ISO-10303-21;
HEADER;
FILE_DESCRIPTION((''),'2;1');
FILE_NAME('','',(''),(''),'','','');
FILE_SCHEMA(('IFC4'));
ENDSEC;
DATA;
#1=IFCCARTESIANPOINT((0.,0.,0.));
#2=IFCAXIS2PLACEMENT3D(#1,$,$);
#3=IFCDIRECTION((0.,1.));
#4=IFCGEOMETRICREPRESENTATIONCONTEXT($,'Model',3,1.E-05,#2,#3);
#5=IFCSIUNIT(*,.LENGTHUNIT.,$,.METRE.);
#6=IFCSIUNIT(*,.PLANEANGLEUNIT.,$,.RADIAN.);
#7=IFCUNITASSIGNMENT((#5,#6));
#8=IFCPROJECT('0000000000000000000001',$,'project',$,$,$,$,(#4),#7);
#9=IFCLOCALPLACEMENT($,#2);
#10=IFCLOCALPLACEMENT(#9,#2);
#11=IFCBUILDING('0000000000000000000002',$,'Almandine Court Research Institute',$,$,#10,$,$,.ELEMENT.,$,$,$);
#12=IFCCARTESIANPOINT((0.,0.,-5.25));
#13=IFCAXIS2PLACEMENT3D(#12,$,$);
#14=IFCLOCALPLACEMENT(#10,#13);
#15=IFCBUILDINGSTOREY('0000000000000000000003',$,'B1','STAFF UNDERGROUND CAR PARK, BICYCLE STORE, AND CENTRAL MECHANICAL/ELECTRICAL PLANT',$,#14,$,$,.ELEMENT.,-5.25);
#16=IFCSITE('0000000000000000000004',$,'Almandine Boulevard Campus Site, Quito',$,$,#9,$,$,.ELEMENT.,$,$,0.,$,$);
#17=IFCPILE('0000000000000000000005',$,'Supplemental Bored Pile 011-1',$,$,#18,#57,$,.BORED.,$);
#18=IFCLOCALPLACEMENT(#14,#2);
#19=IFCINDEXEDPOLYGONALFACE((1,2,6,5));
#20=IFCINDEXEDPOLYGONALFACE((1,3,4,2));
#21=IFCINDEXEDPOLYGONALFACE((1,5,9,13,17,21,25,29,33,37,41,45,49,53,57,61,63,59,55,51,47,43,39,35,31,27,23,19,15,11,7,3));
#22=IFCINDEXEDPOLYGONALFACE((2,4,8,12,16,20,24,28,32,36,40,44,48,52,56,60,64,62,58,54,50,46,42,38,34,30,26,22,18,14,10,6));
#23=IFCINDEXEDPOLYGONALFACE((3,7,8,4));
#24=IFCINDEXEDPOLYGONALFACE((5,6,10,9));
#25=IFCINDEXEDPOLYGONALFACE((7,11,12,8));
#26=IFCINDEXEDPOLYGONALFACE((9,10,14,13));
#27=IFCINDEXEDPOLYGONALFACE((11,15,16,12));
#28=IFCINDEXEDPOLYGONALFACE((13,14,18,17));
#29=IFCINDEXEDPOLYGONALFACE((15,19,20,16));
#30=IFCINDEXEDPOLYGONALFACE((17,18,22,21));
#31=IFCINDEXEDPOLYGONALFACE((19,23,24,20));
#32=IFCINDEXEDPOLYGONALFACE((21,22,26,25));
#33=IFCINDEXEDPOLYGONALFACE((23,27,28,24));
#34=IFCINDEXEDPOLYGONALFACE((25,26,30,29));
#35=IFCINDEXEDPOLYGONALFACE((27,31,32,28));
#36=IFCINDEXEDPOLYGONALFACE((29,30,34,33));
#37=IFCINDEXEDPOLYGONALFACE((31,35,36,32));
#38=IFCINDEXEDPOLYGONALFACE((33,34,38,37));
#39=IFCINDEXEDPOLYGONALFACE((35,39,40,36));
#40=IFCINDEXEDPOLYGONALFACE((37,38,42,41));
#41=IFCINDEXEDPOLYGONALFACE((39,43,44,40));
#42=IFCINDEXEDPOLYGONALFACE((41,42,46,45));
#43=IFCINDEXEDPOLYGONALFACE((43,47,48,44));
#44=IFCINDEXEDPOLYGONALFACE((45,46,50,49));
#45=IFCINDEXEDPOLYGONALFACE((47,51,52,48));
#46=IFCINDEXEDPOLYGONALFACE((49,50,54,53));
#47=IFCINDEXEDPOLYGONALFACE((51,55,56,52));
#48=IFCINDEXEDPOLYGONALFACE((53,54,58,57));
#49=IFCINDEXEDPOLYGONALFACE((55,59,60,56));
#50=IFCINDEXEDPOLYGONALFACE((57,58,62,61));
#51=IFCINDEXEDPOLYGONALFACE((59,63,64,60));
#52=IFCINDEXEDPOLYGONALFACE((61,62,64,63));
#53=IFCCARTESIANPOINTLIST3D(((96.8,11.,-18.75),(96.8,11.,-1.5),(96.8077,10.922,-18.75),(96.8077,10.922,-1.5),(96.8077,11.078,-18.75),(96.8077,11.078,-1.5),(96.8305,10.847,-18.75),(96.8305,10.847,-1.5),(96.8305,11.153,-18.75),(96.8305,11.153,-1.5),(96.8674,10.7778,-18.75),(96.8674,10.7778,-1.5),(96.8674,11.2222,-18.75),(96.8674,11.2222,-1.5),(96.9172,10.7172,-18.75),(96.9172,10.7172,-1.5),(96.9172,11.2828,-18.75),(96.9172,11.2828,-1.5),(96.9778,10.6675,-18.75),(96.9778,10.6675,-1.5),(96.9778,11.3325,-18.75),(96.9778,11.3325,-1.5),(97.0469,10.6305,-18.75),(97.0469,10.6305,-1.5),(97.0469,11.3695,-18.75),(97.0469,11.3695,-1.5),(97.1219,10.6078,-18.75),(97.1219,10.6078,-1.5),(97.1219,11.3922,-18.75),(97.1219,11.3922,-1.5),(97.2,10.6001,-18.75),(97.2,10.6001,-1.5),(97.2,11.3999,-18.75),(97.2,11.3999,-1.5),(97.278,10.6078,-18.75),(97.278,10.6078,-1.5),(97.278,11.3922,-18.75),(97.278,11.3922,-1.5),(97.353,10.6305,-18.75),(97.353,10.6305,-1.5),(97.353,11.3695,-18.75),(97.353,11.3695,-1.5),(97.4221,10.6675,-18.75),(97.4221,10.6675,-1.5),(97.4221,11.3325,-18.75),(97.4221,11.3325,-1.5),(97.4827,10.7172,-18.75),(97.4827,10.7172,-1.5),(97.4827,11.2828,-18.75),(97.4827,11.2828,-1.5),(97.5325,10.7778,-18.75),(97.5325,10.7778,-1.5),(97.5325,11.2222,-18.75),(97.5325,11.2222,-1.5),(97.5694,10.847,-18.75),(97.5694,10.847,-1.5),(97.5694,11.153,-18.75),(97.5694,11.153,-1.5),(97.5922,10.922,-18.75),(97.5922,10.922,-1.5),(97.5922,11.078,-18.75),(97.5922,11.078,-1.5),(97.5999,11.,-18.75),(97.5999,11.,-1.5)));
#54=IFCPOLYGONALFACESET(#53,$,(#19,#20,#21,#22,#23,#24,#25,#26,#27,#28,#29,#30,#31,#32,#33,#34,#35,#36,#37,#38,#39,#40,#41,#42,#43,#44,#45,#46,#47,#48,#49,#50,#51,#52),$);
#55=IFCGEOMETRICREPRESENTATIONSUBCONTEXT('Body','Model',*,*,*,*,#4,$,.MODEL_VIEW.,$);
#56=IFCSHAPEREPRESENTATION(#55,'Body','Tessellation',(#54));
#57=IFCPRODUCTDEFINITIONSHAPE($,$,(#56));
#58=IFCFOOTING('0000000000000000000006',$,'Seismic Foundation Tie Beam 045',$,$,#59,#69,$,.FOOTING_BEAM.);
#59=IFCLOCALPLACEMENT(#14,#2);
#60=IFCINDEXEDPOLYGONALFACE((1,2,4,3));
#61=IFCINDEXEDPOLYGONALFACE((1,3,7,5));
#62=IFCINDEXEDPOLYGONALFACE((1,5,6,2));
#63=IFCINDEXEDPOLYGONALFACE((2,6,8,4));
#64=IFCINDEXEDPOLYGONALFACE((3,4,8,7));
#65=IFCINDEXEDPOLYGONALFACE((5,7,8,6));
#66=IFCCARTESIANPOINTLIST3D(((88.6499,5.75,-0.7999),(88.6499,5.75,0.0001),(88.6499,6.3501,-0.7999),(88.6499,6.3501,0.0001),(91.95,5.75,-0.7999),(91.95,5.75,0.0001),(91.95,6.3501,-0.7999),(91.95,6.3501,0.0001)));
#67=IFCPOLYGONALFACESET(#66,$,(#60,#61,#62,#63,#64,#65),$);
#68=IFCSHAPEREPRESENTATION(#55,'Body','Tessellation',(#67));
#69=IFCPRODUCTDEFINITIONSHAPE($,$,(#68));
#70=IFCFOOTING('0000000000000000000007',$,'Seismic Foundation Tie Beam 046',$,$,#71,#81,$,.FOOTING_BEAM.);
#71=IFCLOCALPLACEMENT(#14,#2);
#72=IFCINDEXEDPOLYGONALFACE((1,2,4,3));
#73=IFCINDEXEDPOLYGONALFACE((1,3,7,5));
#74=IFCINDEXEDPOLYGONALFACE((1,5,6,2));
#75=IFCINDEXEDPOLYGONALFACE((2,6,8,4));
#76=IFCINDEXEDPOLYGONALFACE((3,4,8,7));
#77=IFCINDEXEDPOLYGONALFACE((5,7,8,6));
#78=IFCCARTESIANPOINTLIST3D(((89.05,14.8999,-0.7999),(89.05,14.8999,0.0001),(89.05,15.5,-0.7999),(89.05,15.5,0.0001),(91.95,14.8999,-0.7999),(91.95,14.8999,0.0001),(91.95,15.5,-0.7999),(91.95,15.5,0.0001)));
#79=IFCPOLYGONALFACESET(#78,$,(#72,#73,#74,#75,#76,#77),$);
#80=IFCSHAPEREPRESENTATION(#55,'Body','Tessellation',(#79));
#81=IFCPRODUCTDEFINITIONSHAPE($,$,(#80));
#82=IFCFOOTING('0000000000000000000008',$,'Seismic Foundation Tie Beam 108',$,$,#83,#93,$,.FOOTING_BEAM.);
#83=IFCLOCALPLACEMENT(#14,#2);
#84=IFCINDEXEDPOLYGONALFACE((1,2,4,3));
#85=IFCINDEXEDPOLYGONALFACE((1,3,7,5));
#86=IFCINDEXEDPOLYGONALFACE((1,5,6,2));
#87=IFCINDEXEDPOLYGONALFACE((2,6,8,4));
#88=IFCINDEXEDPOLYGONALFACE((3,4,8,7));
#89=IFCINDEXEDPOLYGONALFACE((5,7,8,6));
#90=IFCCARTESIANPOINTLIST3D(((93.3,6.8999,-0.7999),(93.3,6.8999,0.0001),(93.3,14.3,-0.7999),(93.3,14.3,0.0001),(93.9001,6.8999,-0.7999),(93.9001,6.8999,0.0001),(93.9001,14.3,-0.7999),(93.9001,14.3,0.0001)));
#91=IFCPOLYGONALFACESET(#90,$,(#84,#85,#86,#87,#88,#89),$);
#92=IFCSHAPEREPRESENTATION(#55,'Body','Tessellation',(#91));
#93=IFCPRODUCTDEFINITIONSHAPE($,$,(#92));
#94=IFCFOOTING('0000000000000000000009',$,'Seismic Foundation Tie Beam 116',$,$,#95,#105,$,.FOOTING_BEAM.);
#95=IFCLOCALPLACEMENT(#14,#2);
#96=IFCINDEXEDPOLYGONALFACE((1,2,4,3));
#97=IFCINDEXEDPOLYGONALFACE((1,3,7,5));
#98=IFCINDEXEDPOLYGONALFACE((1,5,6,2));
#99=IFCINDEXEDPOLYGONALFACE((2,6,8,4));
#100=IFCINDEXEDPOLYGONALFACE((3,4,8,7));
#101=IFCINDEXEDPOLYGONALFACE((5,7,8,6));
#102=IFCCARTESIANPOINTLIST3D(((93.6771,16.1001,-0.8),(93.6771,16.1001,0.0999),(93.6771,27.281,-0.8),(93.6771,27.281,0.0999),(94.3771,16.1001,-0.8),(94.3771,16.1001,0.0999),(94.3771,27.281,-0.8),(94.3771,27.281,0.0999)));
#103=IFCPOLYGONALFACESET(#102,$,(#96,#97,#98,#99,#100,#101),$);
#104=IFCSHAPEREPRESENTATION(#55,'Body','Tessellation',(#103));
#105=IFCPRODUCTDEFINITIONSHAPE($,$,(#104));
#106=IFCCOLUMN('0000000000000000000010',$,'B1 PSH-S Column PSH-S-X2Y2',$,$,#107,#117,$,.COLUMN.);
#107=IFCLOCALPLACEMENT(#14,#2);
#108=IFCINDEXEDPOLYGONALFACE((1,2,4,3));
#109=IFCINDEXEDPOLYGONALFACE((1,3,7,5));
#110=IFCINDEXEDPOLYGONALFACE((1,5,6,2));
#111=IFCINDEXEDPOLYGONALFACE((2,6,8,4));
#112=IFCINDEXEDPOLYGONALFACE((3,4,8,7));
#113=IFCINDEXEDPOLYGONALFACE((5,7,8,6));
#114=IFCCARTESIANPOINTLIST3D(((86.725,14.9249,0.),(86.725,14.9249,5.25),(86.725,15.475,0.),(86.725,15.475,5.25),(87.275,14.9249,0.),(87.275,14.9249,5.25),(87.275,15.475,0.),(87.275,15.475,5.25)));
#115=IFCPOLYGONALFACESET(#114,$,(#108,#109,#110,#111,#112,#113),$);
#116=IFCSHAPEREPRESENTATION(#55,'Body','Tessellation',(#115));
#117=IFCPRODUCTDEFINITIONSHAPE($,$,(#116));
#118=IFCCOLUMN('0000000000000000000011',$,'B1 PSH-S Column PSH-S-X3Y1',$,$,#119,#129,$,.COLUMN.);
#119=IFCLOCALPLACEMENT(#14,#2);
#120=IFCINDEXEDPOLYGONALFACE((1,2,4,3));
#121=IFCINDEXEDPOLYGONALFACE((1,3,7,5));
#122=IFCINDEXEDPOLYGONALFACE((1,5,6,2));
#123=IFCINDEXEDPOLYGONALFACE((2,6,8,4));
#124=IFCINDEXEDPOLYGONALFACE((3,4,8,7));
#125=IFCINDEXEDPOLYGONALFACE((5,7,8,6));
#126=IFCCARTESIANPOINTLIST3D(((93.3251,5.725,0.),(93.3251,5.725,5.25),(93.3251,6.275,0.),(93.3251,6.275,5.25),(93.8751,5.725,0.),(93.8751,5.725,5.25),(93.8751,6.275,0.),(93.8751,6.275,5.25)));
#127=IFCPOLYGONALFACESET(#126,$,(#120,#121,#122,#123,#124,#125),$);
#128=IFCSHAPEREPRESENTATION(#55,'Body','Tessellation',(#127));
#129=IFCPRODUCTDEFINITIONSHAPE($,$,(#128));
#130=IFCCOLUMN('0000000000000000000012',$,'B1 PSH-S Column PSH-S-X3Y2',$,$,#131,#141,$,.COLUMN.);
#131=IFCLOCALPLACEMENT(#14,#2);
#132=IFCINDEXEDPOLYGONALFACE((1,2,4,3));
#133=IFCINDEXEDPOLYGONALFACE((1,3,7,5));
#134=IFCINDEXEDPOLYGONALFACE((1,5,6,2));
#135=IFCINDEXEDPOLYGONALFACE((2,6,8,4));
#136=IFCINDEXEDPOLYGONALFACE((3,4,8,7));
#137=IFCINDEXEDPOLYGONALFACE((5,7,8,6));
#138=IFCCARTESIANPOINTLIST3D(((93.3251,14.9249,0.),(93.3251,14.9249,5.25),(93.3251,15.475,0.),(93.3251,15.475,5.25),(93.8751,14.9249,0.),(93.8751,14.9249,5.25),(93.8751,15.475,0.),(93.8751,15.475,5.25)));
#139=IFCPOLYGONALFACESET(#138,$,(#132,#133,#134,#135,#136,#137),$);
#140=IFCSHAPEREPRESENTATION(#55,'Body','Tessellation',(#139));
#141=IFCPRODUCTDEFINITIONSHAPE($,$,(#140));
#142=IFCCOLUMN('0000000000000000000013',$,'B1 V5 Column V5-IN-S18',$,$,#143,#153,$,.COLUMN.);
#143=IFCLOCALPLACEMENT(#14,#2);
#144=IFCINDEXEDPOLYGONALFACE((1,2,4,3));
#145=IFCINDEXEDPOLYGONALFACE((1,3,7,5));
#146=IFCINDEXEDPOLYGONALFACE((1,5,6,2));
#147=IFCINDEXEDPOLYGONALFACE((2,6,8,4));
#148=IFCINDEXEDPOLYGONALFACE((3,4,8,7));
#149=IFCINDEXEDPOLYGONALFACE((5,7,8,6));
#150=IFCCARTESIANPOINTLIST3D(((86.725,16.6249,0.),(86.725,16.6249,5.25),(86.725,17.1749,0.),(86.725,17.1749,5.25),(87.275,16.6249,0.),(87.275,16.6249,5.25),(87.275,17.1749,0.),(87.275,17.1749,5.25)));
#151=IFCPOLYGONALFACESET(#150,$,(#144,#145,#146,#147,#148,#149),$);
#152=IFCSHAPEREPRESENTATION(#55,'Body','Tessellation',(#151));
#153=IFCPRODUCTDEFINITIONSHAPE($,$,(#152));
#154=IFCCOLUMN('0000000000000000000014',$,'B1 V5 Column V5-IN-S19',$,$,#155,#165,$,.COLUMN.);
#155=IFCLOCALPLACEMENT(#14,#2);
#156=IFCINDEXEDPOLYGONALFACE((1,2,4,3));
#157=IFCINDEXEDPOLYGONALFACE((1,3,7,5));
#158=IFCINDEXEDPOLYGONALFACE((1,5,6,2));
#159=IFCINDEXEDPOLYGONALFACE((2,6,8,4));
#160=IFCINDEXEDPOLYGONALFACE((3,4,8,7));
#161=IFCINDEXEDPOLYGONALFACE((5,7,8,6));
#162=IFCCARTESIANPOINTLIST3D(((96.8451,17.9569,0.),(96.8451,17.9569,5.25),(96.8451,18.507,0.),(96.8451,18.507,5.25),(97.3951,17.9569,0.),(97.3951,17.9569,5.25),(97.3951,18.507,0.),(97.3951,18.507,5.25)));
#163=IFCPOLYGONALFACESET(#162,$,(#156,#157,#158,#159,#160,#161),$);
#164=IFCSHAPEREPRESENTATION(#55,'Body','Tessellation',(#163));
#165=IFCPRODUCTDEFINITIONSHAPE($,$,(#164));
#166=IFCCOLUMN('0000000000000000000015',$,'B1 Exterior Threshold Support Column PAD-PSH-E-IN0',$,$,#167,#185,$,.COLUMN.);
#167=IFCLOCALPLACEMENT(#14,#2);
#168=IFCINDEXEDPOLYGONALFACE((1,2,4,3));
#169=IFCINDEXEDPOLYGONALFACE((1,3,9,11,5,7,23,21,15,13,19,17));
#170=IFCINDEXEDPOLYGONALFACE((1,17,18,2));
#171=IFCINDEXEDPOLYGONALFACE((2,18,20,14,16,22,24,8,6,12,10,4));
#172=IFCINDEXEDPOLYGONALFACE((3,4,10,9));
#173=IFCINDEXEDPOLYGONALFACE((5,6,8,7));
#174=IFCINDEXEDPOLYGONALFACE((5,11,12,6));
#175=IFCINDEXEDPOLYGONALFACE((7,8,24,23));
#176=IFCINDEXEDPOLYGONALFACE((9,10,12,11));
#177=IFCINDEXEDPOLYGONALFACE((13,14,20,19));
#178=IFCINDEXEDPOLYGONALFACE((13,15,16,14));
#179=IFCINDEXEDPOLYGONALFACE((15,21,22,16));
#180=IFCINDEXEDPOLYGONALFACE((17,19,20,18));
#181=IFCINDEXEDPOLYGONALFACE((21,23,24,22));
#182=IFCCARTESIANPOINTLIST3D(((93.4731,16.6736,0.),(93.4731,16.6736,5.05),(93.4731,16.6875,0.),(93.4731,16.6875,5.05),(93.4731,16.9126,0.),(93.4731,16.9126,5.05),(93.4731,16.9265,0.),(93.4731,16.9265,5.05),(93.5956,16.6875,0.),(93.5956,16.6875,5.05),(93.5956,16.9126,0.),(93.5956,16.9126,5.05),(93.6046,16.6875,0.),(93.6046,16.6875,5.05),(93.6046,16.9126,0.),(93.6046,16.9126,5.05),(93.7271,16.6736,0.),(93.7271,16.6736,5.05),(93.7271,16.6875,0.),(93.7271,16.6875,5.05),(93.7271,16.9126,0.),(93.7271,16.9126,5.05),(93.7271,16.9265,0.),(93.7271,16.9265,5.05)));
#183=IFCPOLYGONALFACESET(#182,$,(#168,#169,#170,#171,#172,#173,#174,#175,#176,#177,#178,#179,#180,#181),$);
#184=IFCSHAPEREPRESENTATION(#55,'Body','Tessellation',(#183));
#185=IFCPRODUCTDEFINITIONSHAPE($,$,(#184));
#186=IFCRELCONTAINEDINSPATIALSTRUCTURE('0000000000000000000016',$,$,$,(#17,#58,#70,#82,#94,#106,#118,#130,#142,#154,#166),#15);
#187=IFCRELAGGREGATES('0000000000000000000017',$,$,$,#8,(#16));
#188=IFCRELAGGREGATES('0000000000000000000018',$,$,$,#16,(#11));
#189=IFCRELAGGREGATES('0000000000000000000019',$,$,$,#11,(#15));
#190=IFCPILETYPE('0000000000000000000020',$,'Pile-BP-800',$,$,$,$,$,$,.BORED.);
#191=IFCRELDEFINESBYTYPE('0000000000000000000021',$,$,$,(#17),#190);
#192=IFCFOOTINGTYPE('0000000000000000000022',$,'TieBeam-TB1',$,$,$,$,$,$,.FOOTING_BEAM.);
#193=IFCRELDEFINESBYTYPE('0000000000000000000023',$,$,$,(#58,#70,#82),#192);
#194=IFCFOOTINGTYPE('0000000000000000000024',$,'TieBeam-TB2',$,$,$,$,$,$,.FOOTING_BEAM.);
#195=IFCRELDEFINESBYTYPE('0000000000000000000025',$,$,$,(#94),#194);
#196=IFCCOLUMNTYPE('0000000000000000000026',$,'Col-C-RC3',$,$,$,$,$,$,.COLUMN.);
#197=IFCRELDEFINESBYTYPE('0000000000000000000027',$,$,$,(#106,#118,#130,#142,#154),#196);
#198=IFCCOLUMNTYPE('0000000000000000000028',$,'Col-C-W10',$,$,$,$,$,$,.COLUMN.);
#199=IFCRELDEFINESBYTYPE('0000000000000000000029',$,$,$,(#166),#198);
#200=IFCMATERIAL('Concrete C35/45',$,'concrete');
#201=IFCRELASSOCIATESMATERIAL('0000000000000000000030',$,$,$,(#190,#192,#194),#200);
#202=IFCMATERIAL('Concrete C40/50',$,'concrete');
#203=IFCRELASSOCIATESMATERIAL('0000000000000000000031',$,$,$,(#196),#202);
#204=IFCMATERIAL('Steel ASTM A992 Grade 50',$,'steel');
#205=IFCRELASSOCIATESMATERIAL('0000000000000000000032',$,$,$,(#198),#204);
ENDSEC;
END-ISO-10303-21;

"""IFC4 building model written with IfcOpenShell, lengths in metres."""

from ifc_helpers import new_model, si_unit, direction, frame, origin, origin_2d, place, context, subcontext, project, spatial, rectangle, circle, i_section, extrude, material, material_profile, profile_set, type_object, element, save


model = new_model("IFC4")

# Units and contexts
model_context = context("Model", 3, precision=1e-05, world=origin(), true_north=direction((0.0, 1.0)))
body_context = subcontext(model_context, "Body", "Model", "MODEL_VIEW")
ifc_project = project(units=[si_unit("LENGTHUNIT", "METRE"), si_unit("PLANEANGLEUNIT", "RADIAN")], contexts=[model_context])

# Site, building, storey
site_placement = place(None, origin())
site = spatial("IfcSite", under=ifc_project, at=site_placement, Name="Almandine Boulevard Campus Site, Quito", CompositionType="ELEMENT", RefElevation=0.0)
building_placement = place(site_placement, origin())
building = spatial("IfcBuilding", under=site, at=building_placement, Name="Almandine Court Research Institute", CompositionType="ELEMENT")
storey_placement = place(building_placement, frame((0.0, 0.0, -5.25)))
storey = spatial("IfcBuildingStorey", under=building, at=storey_placement, Name="B1", Description="STAFF UNDERGROUND CAR PARK, BICYCLE STORE, AND CENTRAL MECHANICAL/ELECTRICAL PLANT", CompositionType="ELEMENT", Elevation=-5.25)

# Shared definitions
ifc_material_1 = material(Name="Concrete C35/45", Category="concrete")

# Pile
ifc_material_profile_1 = material_profile(ifc_material_1, circle(Radius=0.3999, at=origin_2d()), Name="BORED PILE D800")
ifc_profile_set_1 = profile_set([ifc_material_profile_1], Name="Concrete C35/45")
pile_type_1 = type_object("IfcPileType", Name="Pile-BP-800", PredefinedType="BORED", material=ifc_profile_set_1)
for number, where, z_axis, x_axis, name in (
    (1, (97.2, 11.0, -1.5), (0.0, 0.0, -1.0), (1.0, 0.0, 0.0), "Supplemental Bored Pile 011-1"),
):
    element("IfcPile", number, at=place(storey_placement, frame(where, z_axis=z_axis, x_axis=x_axis)), inside=storey, type_object=pile_type_1, Name=name, PredefinedType="BORED", context=body_context, shape_type="SweptSolid", body=[
        extrude(circle(Radius=0.3999, at=origin_2d()), origin(), (0.0, 0.0, 1.0), 17.25),
    ])

# Footings
ifc_material_profile_2 = material_profile(ifc_material_1, rectangle(XDim=0.6001, YDim=0.8, at=origin_2d()), Name="RC TIE 600x800")
ifc_profile_set_2 = profile_set([ifc_material_profile_2], Name="Concrete C35/45")
footing_type_1 = type_object("IfcFootingType", Name="TieBeam-TB1", PredefinedType="FOOTING_BEAM", material=ifc_profile_set_2)
footing_1_placement = place(storey_placement, frame((88.6499, 6.05, -0.3999), z_axis=(1.0, 0.0, 0.0), x_axis=(0.0, 1.0, 0.0)))
element("IfcFooting", 2, at=footing_1_placement, inside=storey, type_object=footing_type_1, Name="Seismic Foundation Tie Beam 045", PredefinedType="FOOTING_BEAM", context=body_context, shape_type="SweptSolid", body=[
    extrude(rectangle(XDim=0.6001, YDim=0.8, at=origin_2d()), origin(), (0.0, 0.0, 1.0), 3.3),
])
footing_2_placement = place(storey_placement, frame((89.05, 15.2, -0.3999), z_axis=(1.0, 0.0, 0.0), x_axis=(0.0, 1.0, 0.0)))
element("IfcFooting", 3, at=footing_2_placement, inside=storey, type_object=footing_type_1, Name="Seismic Foundation Tie Beam 046", PredefinedType="FOOTING_BEAM", context=body_context, shape_type="SweptSolid", body=[
    extrude(rectangle(XDim=0.6001, YDim=0.8, at=origin_2d()), origin(), (0.0, 0.0, 1.0), 2.8999),
])
footing_3_placement = place(storey_placement, frame((93.6001, 6.8999, -0.3999), z_axis=(0.0, 1.0, 0.0), x_axis=(-1.0, 0.0, 0.0)))
element("IfcFooting", 4, at=footing_3_placement, inside=storey, type_object=footing_type_1, Name="Seismic Foundation Tie Beam 108", PredefinedType="FOOTING_BEAM", context=body_context, shape_type="SweptSolid", body=[
    extrude(rectangle(XDim=0.6001, YDim=0.8, at=origin_2d()), origin(), (0.0, 0.0, 1.0), 7.4001),
])
ifc_material_profile_3 = material_profile(ifc_material_1, rectangle(XDim=0.7, YDim=0.8999, at=origin_2d()), Name="RC TIE 700x900")
ifc_profile_set_3 = profile_set([ifc_material_profile_3], Name="Concrete C35/45")
footing_type_2 = type_object("IfcFootingType", Name="TieBeam-TB2", PredefinedType="FOOTING_BEAM", material=ifc_profile_set_3)
footing_4_placement = place(storey_placement, frame((94.0271, 16.1001, -0.3501), z_axis=(0.0, 1.0, 0.0), x_axis=(-1.0, 0.0, 0.0)))
element("IfcFooting", 5, at=footing_4_placement, inside=storey, type_object=footing_type_2, Name="Seismic Foundation Tie Beam 116", PredefinedType="FOOTING_BEAM", context=body_context, shape_type="SweptSolid", body=[
    extrude(rectangle(XDim=0.7, YDim=0.8999, at=origin_2d()), origin(), (0.0, 0.0, 1.0), 11.1809),
])

# Columns
ifc_material_2 = material(Name="Concrete C40/50", Category="concrete")
ifc_material_profile_4 = material_profile(ifc_material_2, rectangle(XDim=0.55, YDim=0.55, at=origin_2d()), Name="RC 550x550")
ifc_profile_set_4 = profile_set([ifc_material_profile_4], Name="Concrete C40/50")
column_type_1 = type_object("IfcColumnType", Name="Col-C-RC3", PredefinedType="COLUMN", material=ifc_profile_set_4)
for number, where, z_axis, x_axis, name in (
    (6, (87.0, 15.2, 0.0), (0.0, 0.0, 1.0), (1.0, 0.0, 0.0), "B1 PSH-S Column PSH-S-X2Y2"),
    (7, (93.6001, 6.0, 0.0), (0.0, 0.0, 1.0), (1.0, 0.0, 0.0), "B1 PSH-S Column PSH-S-X3Y1"),
    (8, (93.6001, 15.2, 0.0), (0.0, 0.0, 1.0), (1.0, 0.0, 0.0), "B1 PSH-S Column PSH-S-X3Y2"),
    (9, (87.0, 16.8999, 0.0), (0.0, 0.0, 1.0), (1.0, 0.0, 0.0), "B1 V5 Column V5-IN-S18"),
    (10, (97.1201, 18.2319, 0.0), (0.0, 0.0, 1.0), (1.0, 0.0, 0.0), "B1 V5 Column V5-IN-S19"),
):
    element("IfcColumn", number, at=place(storey_placement, frame(where, z_axis=z_axis, x_axis=x_axis)), inside=storey, type_object=column_type_1, Name=name, PredefinedType="COLUMN", context=body_context, shape_type="SweptSolid", body=[
        extrude(rectangle(XDim=0.55, YDim=0.55, at=origin_2d()), origin(), (0.0, 0.0, 1.0), 5.25),
    ])
ifc_material_3 = material(Name="Steel ASTM A992 Grade 50", Category="steel")
ifc_material_profile_5 = material_profile(ifc_material_3, i_section(OverallWidth=0.2539, OverallDepth=0.2529, WebThickness=0.009, FlangeThickness=0.0139, at=origin_2d()), Name="W250x73")
ifc_profile_set_5 = profile_set([ifc_material_profile_5], Name="Steel ASTM A992 Grade 50")
column_type_2 = type_object("IfcColumnType", Name="Col-C-W10", PredefinedType="COLUMN", material=ifc_profile_set_5)
for number, where, z_axis, x_axis, name in (
    (11, (93.6001, 16.8, 0.0), (0.0, 0.0, 1.0), (1.0, 0.0, 0.0), "B1 Exterior Threshold Support Column PAD-PSH-E-IN0"),
):
    element("IfcColumn", number, at=place(storey_placement, frame(where, z_axis=z_axis, x_axis=x_axis)), inside=storey, type_object=column_type_2, Name=name, PredefinedType="COLUMN", context=body_context, shape_type="SweptSolid", body=[
        extrude(i_section(OverallWidth=0.2539, OverallDepth=0.2529, WebThickness=0.009, FlangeThickness=0.0139, at=origin_2d()), origin(), (0.0, 0.0, 1.0), 5.05),
    ])

save(model, "model.ifc")
